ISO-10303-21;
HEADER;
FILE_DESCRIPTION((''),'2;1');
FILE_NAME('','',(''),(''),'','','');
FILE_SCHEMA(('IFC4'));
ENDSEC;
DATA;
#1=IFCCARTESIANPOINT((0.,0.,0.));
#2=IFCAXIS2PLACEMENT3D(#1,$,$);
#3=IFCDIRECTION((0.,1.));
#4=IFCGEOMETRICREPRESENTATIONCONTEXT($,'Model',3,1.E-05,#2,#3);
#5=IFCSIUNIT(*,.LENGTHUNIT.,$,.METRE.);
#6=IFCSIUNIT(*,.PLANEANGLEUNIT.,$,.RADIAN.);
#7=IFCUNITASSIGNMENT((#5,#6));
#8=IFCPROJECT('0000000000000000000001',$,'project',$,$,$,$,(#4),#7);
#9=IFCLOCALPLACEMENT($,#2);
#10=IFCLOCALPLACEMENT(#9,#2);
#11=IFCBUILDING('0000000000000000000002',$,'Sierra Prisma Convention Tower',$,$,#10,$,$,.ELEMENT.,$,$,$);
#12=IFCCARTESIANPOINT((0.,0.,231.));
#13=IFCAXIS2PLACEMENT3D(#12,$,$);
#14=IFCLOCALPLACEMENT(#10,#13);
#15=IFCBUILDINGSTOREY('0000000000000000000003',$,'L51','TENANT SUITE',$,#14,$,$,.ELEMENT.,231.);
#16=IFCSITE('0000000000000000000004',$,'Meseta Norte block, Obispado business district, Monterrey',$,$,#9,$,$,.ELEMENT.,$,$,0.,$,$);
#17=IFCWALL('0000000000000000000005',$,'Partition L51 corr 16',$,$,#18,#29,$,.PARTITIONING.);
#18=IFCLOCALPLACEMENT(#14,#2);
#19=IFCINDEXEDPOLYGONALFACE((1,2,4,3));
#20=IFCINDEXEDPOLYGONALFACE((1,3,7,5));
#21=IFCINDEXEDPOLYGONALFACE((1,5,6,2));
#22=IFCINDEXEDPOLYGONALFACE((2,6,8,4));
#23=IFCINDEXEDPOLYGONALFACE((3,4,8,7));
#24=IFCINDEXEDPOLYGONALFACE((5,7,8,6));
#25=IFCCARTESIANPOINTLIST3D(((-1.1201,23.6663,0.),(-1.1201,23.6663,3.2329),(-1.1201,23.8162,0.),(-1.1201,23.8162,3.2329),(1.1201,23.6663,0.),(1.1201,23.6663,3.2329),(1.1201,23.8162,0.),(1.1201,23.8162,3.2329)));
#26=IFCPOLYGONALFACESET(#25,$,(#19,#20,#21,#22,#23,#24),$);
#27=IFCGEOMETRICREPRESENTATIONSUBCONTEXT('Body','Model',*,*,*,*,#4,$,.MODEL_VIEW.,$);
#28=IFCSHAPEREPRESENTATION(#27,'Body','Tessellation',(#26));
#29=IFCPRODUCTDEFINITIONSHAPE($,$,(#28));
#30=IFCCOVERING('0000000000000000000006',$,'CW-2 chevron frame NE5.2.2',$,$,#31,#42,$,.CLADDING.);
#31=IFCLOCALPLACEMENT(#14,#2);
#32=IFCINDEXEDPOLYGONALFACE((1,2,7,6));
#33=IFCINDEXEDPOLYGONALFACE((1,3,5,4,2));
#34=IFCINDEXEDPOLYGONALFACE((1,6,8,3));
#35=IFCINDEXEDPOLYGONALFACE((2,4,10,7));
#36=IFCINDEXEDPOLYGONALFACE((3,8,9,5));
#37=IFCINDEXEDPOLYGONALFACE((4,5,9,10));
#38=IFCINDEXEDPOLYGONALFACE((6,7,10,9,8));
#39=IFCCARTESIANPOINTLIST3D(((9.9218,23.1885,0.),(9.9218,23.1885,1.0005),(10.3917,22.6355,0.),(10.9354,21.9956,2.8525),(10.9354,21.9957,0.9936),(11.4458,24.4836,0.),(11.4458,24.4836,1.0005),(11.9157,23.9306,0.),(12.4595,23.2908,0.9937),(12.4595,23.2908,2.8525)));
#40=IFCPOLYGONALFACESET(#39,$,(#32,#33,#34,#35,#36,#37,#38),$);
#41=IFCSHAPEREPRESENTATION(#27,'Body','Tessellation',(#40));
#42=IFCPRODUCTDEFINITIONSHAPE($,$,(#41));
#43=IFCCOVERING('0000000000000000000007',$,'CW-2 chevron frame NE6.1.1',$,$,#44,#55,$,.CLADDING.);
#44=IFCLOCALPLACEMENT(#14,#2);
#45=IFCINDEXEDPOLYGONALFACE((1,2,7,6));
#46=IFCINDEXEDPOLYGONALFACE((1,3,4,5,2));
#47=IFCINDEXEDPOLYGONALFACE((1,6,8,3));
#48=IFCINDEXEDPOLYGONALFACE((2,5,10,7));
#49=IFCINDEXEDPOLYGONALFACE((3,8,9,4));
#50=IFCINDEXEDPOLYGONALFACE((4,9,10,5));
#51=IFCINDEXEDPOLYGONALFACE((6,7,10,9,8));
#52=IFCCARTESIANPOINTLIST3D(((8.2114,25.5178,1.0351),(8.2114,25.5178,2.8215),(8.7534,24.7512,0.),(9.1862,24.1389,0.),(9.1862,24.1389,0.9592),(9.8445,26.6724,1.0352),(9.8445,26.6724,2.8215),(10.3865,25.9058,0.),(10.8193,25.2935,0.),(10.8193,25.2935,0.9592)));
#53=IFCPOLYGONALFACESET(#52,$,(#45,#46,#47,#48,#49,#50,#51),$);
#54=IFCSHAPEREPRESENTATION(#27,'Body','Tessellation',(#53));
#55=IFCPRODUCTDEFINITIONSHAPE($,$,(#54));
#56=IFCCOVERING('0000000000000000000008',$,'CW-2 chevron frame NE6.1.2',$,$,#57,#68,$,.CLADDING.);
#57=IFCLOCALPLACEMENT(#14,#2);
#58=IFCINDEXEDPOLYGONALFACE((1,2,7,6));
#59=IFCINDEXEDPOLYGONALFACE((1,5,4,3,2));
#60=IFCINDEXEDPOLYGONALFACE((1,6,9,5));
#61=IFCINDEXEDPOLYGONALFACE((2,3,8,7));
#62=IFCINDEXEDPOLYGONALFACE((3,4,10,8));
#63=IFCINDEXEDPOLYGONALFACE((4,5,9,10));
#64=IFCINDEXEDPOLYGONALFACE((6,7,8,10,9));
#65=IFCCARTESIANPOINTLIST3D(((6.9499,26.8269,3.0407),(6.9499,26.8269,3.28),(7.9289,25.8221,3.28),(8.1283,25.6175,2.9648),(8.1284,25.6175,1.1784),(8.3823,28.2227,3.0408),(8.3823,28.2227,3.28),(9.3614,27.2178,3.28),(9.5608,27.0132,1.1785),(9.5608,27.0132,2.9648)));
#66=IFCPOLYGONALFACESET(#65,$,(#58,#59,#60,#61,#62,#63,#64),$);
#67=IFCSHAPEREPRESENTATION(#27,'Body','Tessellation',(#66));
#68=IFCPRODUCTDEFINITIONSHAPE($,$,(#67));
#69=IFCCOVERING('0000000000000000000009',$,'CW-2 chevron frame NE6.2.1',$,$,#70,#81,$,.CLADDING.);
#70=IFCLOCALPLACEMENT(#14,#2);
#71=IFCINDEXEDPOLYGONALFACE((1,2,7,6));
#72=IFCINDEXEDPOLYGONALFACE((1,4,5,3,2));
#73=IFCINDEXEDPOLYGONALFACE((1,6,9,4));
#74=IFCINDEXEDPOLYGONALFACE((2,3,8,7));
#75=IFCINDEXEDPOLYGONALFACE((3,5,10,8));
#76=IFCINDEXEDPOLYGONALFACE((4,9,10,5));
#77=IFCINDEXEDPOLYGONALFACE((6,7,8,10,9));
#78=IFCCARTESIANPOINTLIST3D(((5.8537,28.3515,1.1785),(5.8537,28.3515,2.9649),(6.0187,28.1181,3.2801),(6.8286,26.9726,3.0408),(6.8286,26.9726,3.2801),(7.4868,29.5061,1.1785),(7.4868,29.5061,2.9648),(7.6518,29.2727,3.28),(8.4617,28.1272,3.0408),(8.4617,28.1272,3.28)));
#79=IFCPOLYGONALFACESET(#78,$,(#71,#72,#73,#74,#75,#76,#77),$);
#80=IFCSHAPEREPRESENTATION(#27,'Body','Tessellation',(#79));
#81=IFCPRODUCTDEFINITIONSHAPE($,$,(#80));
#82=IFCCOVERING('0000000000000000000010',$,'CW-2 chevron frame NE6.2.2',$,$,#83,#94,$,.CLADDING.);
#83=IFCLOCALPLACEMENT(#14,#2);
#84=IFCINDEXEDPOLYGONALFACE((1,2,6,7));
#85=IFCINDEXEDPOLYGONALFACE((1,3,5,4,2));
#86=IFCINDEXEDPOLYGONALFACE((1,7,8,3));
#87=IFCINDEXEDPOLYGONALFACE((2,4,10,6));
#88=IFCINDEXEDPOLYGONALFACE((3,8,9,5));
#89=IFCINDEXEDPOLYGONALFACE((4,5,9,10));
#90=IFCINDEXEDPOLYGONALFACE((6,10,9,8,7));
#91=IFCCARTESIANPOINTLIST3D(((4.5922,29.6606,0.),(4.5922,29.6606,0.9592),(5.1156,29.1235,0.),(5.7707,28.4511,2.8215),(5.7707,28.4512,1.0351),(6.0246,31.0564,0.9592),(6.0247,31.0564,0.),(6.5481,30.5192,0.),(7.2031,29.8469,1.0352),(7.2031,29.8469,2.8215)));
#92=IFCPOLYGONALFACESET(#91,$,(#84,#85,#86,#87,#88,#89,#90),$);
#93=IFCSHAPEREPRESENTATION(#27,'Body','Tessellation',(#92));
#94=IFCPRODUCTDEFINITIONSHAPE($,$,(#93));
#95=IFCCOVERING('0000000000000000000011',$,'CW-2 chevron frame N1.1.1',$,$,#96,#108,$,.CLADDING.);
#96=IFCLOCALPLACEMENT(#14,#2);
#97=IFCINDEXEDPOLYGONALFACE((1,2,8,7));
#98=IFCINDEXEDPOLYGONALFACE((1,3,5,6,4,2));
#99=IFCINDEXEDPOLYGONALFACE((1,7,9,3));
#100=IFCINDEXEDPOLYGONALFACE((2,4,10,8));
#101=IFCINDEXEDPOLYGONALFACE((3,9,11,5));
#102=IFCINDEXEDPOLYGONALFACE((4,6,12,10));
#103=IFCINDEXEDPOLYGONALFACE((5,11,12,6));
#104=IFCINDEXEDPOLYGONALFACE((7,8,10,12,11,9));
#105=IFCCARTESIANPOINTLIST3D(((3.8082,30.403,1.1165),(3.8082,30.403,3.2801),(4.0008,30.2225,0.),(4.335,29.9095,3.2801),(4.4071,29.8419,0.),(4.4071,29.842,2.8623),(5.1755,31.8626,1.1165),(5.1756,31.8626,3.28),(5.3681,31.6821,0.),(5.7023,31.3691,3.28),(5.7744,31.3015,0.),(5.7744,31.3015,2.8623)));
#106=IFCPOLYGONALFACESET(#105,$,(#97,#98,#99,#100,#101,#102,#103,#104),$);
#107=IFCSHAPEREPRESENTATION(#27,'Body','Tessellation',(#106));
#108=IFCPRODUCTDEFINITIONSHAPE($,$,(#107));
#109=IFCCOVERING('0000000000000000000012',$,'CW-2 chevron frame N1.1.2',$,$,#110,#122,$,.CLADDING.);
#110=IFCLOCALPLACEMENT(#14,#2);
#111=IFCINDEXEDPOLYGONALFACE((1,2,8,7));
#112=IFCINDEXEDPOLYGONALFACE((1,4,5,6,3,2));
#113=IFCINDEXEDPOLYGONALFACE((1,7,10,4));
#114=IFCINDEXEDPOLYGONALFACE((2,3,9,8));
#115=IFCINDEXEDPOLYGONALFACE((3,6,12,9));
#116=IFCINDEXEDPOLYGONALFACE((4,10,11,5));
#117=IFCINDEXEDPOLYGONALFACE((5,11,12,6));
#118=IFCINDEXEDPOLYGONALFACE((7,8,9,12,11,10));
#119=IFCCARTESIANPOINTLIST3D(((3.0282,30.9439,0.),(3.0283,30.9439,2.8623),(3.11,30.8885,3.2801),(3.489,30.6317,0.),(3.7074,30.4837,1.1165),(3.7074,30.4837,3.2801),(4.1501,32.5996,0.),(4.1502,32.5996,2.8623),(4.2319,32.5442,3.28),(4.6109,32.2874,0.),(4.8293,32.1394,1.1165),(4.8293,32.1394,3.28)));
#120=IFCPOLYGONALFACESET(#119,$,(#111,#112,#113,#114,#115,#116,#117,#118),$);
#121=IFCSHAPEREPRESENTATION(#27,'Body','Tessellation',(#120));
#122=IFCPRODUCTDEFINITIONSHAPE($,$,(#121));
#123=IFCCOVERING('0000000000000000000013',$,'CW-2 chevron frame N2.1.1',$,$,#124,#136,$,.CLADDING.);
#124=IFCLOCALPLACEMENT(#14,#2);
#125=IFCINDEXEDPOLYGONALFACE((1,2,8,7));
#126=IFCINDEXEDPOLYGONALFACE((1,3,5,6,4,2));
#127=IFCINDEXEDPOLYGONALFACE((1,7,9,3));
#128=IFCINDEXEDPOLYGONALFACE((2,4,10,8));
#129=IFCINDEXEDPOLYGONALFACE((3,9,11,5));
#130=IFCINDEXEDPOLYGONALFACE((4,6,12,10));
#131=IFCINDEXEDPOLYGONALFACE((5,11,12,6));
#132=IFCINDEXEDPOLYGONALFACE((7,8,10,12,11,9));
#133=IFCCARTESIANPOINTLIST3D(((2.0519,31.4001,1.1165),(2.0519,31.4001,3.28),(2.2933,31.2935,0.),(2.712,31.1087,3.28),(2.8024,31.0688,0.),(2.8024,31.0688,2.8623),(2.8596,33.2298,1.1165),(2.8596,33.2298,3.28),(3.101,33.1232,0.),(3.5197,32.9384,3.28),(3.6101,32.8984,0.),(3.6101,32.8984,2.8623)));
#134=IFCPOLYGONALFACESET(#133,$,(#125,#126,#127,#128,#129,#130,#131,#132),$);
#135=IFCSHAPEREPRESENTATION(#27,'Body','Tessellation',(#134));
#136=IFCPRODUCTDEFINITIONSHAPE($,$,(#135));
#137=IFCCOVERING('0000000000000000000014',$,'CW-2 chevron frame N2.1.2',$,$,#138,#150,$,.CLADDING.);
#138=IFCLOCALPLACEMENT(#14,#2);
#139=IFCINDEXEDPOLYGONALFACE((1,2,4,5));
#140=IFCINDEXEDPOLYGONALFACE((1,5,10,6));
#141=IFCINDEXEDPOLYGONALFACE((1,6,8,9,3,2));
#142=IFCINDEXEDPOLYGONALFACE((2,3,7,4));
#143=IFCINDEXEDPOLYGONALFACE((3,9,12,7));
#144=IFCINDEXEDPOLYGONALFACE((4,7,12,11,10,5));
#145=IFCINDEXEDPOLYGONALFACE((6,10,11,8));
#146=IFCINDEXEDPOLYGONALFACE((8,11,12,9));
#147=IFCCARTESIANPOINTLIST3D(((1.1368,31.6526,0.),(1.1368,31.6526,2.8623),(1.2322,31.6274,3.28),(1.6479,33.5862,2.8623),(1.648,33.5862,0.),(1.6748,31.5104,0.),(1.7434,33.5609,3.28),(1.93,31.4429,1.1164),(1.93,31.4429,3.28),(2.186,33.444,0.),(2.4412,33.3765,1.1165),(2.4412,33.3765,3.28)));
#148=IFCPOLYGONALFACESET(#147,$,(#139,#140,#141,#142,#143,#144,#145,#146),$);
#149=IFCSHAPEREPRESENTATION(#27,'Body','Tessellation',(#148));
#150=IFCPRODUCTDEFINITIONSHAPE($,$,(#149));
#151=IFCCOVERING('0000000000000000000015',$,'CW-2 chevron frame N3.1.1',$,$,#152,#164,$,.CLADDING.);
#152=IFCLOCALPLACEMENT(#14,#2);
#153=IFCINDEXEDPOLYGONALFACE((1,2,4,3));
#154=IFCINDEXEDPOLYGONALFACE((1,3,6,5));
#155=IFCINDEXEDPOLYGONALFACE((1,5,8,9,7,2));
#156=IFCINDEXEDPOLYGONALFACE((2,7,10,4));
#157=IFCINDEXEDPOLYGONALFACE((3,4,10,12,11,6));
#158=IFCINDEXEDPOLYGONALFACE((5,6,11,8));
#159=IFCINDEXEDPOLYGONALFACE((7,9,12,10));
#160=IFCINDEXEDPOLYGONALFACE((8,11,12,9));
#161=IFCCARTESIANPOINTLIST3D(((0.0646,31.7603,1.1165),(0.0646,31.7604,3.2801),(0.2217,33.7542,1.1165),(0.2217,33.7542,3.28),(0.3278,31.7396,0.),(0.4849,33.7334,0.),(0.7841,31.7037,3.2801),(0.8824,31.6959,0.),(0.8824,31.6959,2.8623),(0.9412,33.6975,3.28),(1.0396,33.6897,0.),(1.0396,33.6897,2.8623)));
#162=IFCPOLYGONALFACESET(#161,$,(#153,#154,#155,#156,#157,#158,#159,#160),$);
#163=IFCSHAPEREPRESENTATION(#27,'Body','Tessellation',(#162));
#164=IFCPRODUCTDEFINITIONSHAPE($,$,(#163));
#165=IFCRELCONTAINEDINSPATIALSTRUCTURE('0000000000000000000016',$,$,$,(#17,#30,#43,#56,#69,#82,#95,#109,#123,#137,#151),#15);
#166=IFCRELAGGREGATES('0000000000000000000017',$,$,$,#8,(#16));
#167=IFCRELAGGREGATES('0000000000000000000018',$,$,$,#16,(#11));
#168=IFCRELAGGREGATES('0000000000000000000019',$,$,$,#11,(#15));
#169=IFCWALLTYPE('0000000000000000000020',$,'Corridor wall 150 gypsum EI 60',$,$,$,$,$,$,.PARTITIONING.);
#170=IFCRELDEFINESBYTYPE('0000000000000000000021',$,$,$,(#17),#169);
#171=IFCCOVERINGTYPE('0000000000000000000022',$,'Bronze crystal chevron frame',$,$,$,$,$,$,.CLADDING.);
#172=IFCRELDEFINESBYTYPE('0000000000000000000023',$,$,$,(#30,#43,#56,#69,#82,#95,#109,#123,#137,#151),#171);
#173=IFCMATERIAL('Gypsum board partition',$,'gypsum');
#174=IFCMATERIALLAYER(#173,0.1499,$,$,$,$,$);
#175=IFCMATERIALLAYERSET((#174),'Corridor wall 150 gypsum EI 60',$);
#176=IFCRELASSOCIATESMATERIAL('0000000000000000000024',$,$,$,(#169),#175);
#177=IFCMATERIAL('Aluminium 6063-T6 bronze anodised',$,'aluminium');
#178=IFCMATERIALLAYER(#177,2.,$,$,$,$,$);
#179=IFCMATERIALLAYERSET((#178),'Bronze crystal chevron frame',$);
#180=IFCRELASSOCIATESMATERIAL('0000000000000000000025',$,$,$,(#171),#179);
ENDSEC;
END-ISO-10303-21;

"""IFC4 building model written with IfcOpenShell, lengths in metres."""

from ifc_helpers import new_model, si_unit, direction, frame, frame_2d, origin, place, context, subcontext, project, spatial, polyline, rectangle, outline, extrude, material, layer, layer_set, type_object, element, save


model = new_model("IFC4")

# Units and contexts
model_context = context("Model", 3, precision=1e-05, world=origin(), true_north=direction((0.0, 1.0)))
body_context = subcontext(model_context, "Body", "Model", "MODEL_VIEW")
ifc_project = project(units=[si_unit("LENGTHUNIT", "METRE"), si_unit("PLANEANGLEUNIT", "RADIAN")], contexts=[model_context])

# Site, building, storey
site_placement = place(None, origin())
site = spatial("IfcSite", under=ifc_project, at=site_placement, Name="Meseta Norte block, Obispado business district, Monterrey", CompositionType="ELEMENT", RefElevation=0.0)
building_placement = place(site_placement, origin())
building = spatial("IfcBuilding", under=site, at=building_placement, Name="Sierra Prisma Convention Tower", CompositionType="ELEMENT")
storey_placement = place(building_placement, frame((0.0, 0.0, 231.0)))
storey = spatial("IfcBuildingStorey", under=building, at=storey_placement, Name="L51", Description="TENANT SUITE", CompositionType="ELEMENT", Elevation=231.0)

# Wall
ifc_material_1 = material(Name="Gypsum board partition", Category="gypsum")
ifc_layer_1 = layer(ifc_material_1, 0.1499)
ifc_layer_set_1 = layer_set([ifc_layer_1], Name="Corridor wall 150 gypsum EI 60")
wall_type = type_object("IfcWallType", Name="Corridor wall 150 gypsum EI 60", PredefinedType="PARTITIONING", material=ifc_layer_set_1)
wall_placement = place(storey_placement, frame((1.1201, 23.7412, 0.0), z_axis=(0.0, 0.0, 1.0), x_axis=(-1.0, 0.0, 0.0)))
element("IfcWall", 1, at=wall_placement, inside=storey, type_object=wall_type, Name="Partition L51 corr 16", PredefinedType="PARTITIONING", context=body_context, shape_type="SweptSolid", body=[
    extrude(rectangle(XDim=2.2402, YDim=0.1499, at=frame_2d((1.1201, 0.0))), origin(), (0.0, 0.0, 1.0), 3.2329),
])

# Coverings
ifc_material_2 = material(Name="Aluminium 6063-T6 bronze anodised", Category="aluminium")
ifc_layer_2 = layer(ifc_material_2, 2.0)
ifc_layer_set_2 = layer_set([ifc_layer_2], Name="Bronze crystal chevron frame")
covering_type = type_object("IfcCoveringType", Name="Bronze crystal chevron frame", PredefinedType="CLADDING", material=ifc_layer_set_2)
covering_1_placement = place(storey_placement, frame((11.4458, 24.4836, 0.0), z_axis=(0.762018, 0.647556, 0.000015), x_axis=(-0.000011, -0.000009, 1.0)))
element("IfcCovering", 2, at=covering_1_placement, inside=storey, type_object=covering_type, Name="CW-2 chevron frame NE5.2.2", PredefinedType="CLADDING", context=body_context, shape_type="SweptSolid", body=[
    extrude(outline(polyline([(0.0, 0.0), (1.0005, 0.0), (2.8525, 1.5654), (0.9937, 1.5654), (0.0, 0.7257), (0.0, 0.0)])), origin(), (0.0, 0.0, -1.0), 2.0),
])
covering_2_placement = place(storey_placement, frame((10.8193, 25.2935, 0.0), z_axis=(0.816549, 0.577276, 0.000006), x_axis=(-0.577276, 0.816549, 0.0)))
element("IfcCovering", 3, at=covering_2_placement, inside=storey, type_object=covering_type, Name="CW-2 chevron frame NE6.1.1", PredefinedType="CLADDING", context=body_context, shape_type="SweptSolid", body=[
    extrude(outline(polyline([(0.0, 0.0), (0.7499, 0.0), (1.6887, 1.0352), (1.6887, 2.8215), (0.0, 0.9592), (0.0, 0.0)])), origin(), (0.0, 0.0, -1.0), 2.0),
])
covering_3_placement = place(storey_placement, frame((9.5608, 27.0132, 2.9648), z_axis=(0.716233, 0.697862, 0.000037), x_axis=(0.000026, 0.000026, -1.0)))
element("IfcCovering", 4, at=covering_3_placement, inside=storey, type_object=covering_type, Name="CW-2 chevron frame NE6.1.2", PredefinedType="CLADDING", context=body_context, shape_type="SweptSolid", body=[
    extrude(outline(polyline([(0.0, 0.0), (1.7864, 0.0), (-0.0759, 1.6887), (-0.3152, 1.6887), (-0.3152, 0.2857), (0.0, 0.0)])), origin(), (0.0, 0.0, -1.0), 2.0),
])
covering_4_placement = place(storey_placement, frame((8.4617, 28.1272, 3.28), z_axis=(0.816548, 0.577277, -0.000011), x_axis=(-0.000009, -0.000007, -1.0)))
element("IfcCovering", 5, at=covering_4_placement, inside=storey, type_object=covering_type, Name="CW-2 chevron frame NE6.2.1", PredefinedType="CLADDING", context=body_context, shape_type="SweptSolid", body=[
    extrude(outline(polyline([(0.0, 0.0), (0.2393, 0.0), (2.1016, 1.6887), (0.3152, 1.6887), (0.0, 1.4028), (0.0, 0.0)])), origin(), (0.0, 0.0, -1.0), 2.0),
])
covering_5_placement = place(storey_placement, frame((6.0247, 31.0564, 0.0), z_axis=(0.716218, 0.697876, 0.000022), x_axis=(-0.000016, -0.000015, 1.0)))
element("IfcCovering", 6, at=covering_5_placement, inside=storey, type_object=covering_type, Name="CW-2 chevron frame NE6.2.2", PredefinedType="CLADDING", context=body_context, shape_type="SweptSolid", body=[
    extrude(outline(polyline([(0.0, 0.0), (0.9592, 0.0), (2.8215, 1.6887), (1.0352, 1.6887), (0.0, 0.75), (0.0, 0.0)])), origin(), (0.0, 0.0, -1.0), 2.0),
])
covering_6_placement = place(storey_placement, frame((5.7744, 31.3015, 0.0), z_axis=(0.683671, 0.72979, -0.000014), x_axis=(-0.72979, 0.683671, 0.0)))
element("IfcCovering", 7, at=covering_6_placement, inside=storey, type_object=covering_type, Name="CW-2 chevron frame N1.1.1", PredefinedType="CLADDING", context=body_context, shape_type="SweptSolid", body=[
    extrude(outline(polyline([(0.0, 0.0), (0.5567, 0.0), (0.8206, 1.1165), (0.8206, 3.28), (0.0988, 3.28), (0.0, 2.8623), (0.0, 0.0)])), origin(), (0.0, 0.0, -1.0), 2.0),
])
covering_7_placement = place(storey_placement, frame((4.8293, 32.1394, 3.28), z_axis=(0.560949, 0.82785, -0.000014), x_axis=(-0.000008, -0.000011, -1.0)))
element("IfcCovering", 8, at=covering_7_placement, inside=storey, type_object=covering_type, Name="CW-2 chevron frame N1.1.2", PredefinedType="CLADDING", context=body_context, shape_type="SweptSolid", body=[
    extrude(outline(polyline([(0.0, 0.0), (2.1636, 0.0), (3.28, 0.2639), (3.28, 0.8204), (0.4177, 0.8204), (0.0, 0.7216), (0.0, 0.0)])), origin(), (0.0, 0.0, -1.0), 2.0),
])
covering_8_placement = place(storey_placement, frame((3.6101, 32.8984, 0.0), z_axis=(0.403861, 0.91482, -0.000003), x_axis=(-0.91482, 0.403861, 0.0)))
element("IfcCovering", 9, at=covering_8_placement, inside=storey, type_object=covering_type, Name="CW-2 chevron frame N2.1.1", PredefinedType="CLADDING", context=body_context, shape_type="SweptSolid", body=[
    extrude(outline(polyline([(0.0, 0.0), (0.5565, 0.0), (0.8204, 1.1165), (0.8204, 3.28), (0.0988, 3.28), (0.0, 2.8623), (0.0, 0.0)])), origin(), (0.0, 0.0, -1.0), 2.0),
])
covering_9_placement = place(storey_placement, frame((2.4412, 33.3765, 3.28), z_axis=(0.255577, 0.966789, 0.000013), x_axis=(0.000003, 0.000013, -1.0)))
element("IfcCovering", 10, at=covering_9_placement, inside=storey, type_object=covering_type, Name="CW-2 chevron frame N2.1.2", PredefinedType="CLADDING", context=body_context, shape_type="SweptSolid", body=[
    extrude(outline(polyline([(0.0, 0.0), (2.1636, 0.0), (3.28, 0.2639), (3.28, 0.8205), (0.4177, 0.8205), (0.0, 0.7218), (0.0, 0.0)])), origin(), (0.0, 0.0, -1.0), 2.0),
])
covering_10_placement = place(storey_placement, frame((1.0396, 33.6897, 0.0), z_axis=(0.078555, 0.99691, -0.000011), x_axis=(-0.99691, 0.078555, 0.0)))
element("IfcCovering", 11, at=covering_10_placement, inside=storey, type_object=covering_type, Name="CW-2 chevron frame N3.1.1", PredefinedType="CLADDING", context=body_context, shape_type="SweptSolid", body=[
    extrude(outline(polyline([(0.0, 0.0), (0.5564, 0.0), (0.8204, 1.1165), (0.8204, 3.28), (0.0987, 3.28), (0.0, 2.8623), (0.0, 0.0)])), origin(), (0.0, 0.0, -1.0), 2.0),
])

save(model, "model.ifc")
